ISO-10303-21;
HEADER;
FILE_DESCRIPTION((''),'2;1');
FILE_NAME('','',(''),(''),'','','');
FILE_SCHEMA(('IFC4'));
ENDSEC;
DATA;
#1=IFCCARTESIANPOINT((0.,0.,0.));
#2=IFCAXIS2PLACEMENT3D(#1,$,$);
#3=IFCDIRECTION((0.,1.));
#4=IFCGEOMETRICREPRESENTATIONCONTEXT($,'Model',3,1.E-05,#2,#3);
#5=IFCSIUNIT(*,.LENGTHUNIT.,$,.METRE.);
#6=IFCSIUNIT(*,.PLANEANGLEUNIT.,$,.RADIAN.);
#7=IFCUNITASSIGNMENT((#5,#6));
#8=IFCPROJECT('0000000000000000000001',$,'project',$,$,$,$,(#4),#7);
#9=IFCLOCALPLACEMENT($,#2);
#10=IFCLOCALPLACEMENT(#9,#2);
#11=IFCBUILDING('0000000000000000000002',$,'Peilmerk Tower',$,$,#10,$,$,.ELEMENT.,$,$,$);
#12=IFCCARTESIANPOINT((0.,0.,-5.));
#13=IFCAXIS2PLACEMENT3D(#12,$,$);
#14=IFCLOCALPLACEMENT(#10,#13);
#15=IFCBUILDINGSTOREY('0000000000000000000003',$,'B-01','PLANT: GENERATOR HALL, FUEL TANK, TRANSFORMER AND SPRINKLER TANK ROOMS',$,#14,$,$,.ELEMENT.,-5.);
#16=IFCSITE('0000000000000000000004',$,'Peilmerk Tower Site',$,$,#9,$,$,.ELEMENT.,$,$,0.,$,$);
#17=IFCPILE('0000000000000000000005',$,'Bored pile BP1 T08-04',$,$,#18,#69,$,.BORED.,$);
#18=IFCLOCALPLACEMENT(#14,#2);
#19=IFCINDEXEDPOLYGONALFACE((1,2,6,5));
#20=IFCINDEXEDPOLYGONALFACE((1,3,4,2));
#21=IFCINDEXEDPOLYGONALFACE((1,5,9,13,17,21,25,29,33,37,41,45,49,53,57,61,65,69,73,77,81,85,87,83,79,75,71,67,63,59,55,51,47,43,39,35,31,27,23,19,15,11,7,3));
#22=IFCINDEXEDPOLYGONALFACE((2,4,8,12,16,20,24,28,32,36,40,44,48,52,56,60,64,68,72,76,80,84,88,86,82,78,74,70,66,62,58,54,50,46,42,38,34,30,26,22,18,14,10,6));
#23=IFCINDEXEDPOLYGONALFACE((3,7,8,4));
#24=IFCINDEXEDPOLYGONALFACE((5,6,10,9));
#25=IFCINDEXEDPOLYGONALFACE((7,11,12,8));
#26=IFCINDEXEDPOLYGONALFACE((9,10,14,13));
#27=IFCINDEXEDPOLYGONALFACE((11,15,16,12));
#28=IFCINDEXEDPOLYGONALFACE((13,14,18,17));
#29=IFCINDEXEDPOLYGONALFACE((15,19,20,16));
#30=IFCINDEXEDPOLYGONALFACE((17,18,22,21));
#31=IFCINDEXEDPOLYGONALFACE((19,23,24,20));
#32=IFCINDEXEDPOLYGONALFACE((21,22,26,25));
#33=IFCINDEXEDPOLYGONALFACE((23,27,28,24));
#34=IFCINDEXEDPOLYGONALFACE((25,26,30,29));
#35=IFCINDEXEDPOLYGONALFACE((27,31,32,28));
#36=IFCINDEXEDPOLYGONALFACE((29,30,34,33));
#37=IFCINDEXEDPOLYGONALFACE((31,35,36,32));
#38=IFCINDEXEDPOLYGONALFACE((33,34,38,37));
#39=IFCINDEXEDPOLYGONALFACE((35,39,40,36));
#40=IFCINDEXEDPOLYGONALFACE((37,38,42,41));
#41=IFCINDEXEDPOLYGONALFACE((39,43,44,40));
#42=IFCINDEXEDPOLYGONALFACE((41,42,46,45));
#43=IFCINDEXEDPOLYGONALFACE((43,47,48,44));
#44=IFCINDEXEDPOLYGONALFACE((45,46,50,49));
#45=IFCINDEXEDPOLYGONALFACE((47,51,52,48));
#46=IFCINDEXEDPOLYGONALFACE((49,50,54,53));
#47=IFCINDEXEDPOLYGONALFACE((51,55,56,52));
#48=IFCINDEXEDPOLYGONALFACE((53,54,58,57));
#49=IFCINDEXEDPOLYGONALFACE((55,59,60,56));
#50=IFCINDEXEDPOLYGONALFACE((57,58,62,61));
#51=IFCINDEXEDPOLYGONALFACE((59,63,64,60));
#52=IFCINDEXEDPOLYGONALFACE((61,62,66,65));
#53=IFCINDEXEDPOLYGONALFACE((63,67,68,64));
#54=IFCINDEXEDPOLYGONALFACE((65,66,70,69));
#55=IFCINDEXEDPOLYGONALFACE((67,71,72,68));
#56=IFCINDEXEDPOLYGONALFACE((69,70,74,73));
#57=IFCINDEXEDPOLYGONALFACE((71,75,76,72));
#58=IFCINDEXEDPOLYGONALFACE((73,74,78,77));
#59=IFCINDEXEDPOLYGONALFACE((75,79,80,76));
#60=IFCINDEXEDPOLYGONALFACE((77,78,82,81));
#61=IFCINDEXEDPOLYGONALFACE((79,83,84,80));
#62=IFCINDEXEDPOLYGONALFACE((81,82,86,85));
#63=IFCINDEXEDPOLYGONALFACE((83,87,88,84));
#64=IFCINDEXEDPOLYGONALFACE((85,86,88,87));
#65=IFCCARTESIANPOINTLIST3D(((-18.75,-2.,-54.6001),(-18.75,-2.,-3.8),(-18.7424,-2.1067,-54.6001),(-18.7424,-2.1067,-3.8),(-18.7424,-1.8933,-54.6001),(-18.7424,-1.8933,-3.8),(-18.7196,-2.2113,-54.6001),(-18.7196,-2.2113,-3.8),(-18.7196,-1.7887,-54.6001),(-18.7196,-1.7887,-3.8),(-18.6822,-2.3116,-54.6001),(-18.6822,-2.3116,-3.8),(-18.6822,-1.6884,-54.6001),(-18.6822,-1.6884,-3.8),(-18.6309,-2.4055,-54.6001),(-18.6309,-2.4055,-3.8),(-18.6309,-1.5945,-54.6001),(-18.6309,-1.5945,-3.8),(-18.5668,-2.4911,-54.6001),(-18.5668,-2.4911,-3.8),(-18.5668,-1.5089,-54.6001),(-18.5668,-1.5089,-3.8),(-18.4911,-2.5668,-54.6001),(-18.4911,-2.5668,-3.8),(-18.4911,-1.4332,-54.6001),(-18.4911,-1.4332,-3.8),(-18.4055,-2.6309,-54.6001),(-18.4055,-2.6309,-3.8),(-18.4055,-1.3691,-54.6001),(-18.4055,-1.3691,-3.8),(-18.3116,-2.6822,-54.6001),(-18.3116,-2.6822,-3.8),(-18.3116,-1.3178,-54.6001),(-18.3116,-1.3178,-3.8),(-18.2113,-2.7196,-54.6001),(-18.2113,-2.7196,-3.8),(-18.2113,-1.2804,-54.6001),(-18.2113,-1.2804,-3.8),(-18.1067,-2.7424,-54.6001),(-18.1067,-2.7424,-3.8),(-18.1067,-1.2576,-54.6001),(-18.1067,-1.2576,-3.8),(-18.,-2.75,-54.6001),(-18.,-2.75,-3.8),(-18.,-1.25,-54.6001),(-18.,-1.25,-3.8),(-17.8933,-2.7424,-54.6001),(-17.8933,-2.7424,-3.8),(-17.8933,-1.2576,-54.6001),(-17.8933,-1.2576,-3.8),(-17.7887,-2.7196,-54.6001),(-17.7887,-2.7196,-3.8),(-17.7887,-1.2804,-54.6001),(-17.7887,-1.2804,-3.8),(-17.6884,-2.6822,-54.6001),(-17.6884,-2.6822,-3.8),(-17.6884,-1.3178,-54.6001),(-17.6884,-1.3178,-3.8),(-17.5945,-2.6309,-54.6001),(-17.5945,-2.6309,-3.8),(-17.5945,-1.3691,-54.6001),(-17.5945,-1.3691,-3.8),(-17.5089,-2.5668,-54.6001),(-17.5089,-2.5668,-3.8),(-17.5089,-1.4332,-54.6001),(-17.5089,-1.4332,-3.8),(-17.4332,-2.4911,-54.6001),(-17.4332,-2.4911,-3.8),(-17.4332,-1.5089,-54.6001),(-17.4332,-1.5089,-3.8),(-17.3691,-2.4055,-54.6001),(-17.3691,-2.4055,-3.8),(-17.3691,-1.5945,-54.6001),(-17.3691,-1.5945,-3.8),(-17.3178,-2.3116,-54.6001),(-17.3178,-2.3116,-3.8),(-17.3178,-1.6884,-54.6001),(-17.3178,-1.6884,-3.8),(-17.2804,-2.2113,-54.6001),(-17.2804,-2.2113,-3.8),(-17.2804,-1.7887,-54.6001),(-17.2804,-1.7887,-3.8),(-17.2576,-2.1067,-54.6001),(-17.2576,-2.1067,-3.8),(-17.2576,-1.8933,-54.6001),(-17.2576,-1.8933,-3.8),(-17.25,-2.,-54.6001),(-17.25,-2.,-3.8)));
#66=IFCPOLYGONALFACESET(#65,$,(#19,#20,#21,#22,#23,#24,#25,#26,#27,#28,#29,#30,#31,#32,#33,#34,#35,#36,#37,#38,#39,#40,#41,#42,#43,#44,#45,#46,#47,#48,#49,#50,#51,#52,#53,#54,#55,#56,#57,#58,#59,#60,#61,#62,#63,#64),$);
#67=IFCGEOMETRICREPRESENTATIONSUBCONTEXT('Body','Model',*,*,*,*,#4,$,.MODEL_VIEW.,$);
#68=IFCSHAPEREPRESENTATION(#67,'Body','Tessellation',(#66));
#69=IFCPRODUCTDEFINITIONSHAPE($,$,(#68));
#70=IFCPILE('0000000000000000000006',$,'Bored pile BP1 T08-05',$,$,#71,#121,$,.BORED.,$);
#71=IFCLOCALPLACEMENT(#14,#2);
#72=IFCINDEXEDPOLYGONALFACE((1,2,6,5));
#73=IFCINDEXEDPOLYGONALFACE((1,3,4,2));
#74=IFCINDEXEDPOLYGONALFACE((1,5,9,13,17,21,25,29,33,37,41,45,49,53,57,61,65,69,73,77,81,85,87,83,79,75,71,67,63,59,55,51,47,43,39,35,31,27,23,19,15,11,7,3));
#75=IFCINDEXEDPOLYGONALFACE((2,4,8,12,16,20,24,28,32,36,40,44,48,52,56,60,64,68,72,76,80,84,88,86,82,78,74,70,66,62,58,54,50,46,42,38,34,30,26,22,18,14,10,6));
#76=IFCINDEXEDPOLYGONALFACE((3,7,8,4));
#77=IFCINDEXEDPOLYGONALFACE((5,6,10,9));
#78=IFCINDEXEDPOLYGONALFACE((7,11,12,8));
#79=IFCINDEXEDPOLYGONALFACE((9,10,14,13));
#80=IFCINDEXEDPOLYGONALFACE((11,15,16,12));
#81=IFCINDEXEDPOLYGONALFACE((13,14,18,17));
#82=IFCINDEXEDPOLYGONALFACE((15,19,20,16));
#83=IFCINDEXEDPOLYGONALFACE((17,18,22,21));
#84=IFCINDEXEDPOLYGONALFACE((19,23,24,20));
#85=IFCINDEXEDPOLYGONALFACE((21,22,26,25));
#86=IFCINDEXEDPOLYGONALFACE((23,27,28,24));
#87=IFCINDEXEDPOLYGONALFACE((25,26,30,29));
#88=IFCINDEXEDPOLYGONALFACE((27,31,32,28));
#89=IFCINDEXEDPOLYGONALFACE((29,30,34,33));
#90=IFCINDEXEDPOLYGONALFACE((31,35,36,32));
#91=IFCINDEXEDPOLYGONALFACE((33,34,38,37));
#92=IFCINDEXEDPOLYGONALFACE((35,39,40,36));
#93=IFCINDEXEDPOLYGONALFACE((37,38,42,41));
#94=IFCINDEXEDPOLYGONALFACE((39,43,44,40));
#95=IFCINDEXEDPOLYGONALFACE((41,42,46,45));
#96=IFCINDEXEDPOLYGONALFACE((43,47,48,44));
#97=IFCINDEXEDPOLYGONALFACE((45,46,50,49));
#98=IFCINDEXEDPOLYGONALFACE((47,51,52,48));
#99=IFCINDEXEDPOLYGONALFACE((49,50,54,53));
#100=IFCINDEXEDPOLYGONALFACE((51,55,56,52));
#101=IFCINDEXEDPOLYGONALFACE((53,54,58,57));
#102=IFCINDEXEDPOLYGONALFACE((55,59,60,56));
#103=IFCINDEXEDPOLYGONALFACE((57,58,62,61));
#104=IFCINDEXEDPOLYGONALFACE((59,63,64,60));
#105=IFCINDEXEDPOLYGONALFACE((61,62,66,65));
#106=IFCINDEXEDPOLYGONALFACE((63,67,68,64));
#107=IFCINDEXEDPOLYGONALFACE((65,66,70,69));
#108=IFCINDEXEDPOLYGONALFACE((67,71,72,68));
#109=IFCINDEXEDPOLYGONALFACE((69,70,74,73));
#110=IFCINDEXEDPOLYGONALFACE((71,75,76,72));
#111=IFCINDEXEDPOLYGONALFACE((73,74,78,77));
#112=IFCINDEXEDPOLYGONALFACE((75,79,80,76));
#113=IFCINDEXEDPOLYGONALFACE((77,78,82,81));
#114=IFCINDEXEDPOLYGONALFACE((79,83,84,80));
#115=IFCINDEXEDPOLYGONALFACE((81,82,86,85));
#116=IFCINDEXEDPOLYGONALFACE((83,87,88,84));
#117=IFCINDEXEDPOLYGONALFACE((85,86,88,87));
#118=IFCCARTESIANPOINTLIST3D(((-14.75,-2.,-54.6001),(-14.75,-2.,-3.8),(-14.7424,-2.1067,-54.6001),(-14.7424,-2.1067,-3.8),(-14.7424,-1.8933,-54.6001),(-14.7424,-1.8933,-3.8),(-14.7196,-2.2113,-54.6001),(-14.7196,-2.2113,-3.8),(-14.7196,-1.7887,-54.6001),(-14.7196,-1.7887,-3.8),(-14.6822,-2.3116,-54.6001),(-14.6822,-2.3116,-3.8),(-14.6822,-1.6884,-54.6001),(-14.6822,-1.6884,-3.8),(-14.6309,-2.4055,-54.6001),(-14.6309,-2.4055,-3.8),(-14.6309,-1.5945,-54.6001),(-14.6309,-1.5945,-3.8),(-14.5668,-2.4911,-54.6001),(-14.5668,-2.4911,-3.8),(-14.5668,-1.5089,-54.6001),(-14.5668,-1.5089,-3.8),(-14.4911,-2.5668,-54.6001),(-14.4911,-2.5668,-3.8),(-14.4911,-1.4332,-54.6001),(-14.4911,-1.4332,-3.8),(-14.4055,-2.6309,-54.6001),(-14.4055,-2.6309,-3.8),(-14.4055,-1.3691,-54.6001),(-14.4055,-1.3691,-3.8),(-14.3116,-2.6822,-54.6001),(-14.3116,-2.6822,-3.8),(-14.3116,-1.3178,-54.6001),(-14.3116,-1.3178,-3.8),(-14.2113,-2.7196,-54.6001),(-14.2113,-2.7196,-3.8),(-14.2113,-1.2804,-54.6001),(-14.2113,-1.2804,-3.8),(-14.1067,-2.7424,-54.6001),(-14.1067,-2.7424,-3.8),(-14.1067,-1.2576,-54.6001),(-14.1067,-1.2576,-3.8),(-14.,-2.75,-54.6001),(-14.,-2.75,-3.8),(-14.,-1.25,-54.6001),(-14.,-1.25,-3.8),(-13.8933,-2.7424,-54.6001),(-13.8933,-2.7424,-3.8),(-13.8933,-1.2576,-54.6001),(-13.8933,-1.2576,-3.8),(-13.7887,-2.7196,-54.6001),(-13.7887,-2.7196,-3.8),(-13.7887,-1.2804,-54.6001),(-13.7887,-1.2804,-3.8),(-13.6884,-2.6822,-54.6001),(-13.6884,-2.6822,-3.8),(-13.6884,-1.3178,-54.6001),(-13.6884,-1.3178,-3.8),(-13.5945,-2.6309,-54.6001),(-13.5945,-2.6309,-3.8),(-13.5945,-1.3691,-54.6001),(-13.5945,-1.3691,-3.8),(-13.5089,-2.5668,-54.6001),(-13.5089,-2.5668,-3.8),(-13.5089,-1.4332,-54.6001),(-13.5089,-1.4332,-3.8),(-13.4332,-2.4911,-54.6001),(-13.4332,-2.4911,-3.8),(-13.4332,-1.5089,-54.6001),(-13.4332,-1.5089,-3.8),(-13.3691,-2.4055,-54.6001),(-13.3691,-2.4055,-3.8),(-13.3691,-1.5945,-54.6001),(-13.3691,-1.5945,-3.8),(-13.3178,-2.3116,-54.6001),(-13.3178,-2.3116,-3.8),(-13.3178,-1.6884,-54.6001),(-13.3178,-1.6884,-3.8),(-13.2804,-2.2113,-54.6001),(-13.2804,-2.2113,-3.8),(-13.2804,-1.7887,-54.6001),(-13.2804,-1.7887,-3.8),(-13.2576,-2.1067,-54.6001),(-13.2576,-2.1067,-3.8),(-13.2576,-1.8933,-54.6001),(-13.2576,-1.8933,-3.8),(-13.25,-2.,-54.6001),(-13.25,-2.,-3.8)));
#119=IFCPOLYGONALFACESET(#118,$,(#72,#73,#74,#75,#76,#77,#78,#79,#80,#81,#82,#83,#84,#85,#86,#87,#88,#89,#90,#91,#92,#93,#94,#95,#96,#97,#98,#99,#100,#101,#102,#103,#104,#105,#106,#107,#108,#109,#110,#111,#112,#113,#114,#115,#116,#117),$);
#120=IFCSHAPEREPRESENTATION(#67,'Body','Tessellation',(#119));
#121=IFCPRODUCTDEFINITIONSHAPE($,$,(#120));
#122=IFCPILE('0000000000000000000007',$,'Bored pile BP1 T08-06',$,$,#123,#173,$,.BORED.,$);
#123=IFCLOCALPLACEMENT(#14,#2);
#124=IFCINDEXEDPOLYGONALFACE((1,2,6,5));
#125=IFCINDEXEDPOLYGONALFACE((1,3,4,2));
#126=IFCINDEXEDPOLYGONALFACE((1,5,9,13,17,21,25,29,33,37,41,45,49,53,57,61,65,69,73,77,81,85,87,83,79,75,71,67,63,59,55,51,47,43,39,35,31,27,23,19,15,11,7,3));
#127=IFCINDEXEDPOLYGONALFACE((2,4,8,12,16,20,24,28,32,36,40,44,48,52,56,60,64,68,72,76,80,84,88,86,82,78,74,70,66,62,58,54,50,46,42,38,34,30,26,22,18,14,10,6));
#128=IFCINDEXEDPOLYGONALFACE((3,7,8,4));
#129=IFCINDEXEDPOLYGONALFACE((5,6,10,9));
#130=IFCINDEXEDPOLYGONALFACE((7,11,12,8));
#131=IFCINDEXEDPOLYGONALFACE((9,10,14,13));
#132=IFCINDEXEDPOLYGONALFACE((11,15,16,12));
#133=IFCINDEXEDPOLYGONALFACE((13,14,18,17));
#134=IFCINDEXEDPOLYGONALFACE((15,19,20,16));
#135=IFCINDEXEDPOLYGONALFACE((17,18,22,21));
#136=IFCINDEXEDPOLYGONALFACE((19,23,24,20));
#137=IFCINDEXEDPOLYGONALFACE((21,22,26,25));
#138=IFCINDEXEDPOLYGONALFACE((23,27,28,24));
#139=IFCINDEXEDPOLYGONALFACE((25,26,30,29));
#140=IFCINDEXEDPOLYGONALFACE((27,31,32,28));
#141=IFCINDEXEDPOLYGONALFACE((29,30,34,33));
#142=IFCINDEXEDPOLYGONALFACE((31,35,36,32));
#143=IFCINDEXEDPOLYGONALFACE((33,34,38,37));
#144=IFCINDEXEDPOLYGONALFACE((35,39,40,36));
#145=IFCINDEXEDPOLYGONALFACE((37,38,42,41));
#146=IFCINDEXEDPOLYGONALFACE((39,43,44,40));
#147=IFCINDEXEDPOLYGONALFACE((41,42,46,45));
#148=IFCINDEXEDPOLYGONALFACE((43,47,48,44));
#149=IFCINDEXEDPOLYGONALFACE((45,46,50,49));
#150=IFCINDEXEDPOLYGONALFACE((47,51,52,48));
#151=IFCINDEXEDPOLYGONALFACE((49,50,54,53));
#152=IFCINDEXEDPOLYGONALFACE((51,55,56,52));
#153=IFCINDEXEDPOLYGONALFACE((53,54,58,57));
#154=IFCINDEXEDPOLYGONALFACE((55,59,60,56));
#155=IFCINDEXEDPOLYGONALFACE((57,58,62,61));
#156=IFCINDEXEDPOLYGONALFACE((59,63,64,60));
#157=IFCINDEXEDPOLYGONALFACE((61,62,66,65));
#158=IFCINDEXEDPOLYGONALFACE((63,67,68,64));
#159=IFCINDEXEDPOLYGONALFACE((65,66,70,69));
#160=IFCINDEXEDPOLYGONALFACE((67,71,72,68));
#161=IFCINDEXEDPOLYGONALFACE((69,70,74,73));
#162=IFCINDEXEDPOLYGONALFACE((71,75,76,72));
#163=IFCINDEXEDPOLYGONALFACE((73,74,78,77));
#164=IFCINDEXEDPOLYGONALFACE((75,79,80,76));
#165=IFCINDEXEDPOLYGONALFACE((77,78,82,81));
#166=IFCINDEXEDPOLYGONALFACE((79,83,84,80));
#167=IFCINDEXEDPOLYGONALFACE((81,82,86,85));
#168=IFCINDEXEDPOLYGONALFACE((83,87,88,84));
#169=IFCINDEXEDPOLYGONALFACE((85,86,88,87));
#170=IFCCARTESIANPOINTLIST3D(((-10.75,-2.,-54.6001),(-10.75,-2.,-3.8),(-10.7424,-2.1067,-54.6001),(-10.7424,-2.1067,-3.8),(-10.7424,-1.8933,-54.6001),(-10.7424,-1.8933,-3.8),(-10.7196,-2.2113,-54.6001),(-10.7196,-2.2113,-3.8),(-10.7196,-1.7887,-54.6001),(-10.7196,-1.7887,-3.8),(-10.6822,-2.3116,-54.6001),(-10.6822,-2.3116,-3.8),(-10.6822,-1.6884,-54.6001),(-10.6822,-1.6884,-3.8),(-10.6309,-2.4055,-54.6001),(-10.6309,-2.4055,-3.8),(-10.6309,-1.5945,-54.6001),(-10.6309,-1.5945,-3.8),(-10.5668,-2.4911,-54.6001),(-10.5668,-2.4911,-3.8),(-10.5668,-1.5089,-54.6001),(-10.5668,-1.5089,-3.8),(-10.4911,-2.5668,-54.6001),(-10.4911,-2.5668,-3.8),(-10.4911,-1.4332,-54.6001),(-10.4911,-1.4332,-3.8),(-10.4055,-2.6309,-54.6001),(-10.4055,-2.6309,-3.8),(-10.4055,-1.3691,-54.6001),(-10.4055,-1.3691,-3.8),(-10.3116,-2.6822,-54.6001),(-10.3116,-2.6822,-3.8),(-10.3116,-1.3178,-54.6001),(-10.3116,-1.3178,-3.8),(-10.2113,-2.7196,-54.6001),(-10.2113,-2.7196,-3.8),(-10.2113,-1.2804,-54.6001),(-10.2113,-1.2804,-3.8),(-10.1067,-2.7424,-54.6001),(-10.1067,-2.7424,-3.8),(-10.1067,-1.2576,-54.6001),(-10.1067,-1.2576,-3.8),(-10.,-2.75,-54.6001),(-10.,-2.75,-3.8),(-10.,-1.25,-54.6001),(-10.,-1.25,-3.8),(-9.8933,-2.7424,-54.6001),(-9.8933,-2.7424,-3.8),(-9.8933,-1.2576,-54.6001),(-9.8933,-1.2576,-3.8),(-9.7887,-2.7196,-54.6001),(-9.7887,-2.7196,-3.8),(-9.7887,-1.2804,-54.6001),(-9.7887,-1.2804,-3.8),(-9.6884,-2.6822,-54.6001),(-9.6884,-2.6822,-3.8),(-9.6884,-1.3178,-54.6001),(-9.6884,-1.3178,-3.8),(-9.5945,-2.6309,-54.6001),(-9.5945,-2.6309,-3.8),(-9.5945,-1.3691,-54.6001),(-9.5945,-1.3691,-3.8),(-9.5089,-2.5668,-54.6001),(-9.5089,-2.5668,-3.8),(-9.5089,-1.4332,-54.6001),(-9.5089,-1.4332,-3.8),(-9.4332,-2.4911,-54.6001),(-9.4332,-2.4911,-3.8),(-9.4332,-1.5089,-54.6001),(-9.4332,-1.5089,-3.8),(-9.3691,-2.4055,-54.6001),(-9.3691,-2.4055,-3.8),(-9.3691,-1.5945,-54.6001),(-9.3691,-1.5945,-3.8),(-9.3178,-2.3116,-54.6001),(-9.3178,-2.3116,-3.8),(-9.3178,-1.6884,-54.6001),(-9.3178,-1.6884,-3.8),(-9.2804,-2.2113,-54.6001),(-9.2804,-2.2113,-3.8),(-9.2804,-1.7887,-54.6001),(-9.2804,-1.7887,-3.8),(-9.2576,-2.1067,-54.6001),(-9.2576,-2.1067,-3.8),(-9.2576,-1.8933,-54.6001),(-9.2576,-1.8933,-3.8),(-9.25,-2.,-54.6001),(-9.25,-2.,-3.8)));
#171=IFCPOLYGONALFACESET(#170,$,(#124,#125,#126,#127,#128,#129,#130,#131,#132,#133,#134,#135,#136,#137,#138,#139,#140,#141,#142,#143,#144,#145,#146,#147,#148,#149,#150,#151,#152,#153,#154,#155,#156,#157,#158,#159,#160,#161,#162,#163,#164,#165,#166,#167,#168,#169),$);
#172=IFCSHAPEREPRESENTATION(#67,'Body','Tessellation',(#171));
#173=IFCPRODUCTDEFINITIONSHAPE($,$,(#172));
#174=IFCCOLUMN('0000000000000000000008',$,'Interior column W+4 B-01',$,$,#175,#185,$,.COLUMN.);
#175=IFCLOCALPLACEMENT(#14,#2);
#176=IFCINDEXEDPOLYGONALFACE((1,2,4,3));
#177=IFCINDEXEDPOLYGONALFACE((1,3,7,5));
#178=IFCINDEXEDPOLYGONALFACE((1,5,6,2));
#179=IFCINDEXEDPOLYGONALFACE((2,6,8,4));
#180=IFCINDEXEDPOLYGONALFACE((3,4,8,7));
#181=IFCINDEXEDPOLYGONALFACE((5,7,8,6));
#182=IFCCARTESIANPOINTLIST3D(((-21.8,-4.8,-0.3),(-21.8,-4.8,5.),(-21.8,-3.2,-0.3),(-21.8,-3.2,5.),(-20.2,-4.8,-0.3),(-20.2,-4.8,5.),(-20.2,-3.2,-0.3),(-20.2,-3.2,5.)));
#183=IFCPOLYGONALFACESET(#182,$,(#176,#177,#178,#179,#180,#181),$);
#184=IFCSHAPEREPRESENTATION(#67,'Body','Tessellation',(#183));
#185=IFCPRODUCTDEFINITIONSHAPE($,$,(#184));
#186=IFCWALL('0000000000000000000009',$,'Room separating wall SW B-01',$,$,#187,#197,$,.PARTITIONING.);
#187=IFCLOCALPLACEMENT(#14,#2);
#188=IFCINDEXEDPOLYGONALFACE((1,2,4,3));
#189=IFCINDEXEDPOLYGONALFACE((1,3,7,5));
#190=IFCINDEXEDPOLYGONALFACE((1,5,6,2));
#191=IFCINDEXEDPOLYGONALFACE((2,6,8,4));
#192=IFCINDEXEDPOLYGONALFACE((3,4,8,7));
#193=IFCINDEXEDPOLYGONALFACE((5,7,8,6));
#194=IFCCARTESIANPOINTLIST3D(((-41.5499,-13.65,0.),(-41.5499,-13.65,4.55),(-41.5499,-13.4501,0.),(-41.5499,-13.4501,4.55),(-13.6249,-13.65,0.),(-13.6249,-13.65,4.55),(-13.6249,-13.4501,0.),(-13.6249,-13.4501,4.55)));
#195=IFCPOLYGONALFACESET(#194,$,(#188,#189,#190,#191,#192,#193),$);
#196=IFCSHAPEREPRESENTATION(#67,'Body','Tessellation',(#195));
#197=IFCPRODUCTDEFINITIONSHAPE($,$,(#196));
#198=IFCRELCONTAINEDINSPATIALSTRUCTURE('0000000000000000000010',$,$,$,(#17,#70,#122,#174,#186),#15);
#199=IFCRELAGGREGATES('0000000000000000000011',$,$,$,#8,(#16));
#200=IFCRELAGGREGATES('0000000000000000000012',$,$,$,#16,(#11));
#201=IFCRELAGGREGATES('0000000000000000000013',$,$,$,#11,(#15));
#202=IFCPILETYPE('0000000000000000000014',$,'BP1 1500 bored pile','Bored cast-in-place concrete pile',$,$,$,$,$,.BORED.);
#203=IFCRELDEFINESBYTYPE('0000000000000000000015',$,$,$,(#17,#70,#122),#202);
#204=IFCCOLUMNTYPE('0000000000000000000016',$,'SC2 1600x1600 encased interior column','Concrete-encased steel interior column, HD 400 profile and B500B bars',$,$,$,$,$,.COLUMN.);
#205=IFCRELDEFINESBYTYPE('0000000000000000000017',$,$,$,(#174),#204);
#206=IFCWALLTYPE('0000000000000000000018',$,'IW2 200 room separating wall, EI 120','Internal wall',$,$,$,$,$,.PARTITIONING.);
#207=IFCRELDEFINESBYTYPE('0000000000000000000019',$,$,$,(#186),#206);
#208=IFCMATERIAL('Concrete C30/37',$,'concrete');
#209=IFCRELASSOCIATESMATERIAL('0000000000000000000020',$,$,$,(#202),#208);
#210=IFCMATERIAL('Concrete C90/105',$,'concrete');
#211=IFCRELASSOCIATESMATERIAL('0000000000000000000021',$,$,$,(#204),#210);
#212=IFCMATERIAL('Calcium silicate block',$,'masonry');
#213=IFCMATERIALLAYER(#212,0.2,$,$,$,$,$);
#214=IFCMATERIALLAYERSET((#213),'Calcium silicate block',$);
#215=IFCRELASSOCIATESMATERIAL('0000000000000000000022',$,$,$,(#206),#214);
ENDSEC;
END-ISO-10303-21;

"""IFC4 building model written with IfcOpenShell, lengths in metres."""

from ifc_helpers import new_model, si_unit, direction, frame, frame_2d, origin, origin_2d, place, context, subcontext, project, spatial, rectangle, circle, extrude, material, layer, layer_set, material_profile, profile_set, type_object, element, save


model = new_model("IFC4")

# Units and contexts
model_context = context("Model", 3, precision=1e-05, world=origin(), true_north=direction((0.0, 1.0)))
body_context = subcontext(model_context, "Body", "Model", "MODEL_VIEW")
ifc_project = project(units=[si_unit("LENGTHUNIT", "METRE"), si_unit("PLANEANGLEUNIT", "RADIAN")], contexts=[model_context])

# Site, building, storey
site_placement = place(None, origin())
site = spatial("IfcSite", under=ifc_project, at=site_placement, Name="Peilmerk Tower Site", CompositionType="ELEMENT", RefElevation=0.0)
building_placement = place(site_placement, origin())
building = spatial("IfcBuilding", under=site, at=building_placement, Name="Peilmerk Tower", CompositionType="ELEMENT")
storey_placement = place(building_placement, frame((0.0, 0.0, -5.0)))
storey = spatial("IfcBuildingStorey", under=building, at=storey_placement, Name="B-01", Description="PLANT: GENERATOR HALL, FUEL TANK, TRANSFORMER AND SPRINKLER TANK ROOMS", CompositionType="ELEMENT", Elevation=-5.0)

# Piles
ifc_material_1 = material(Name="Concrete C30/37", Category="concrete")
ifc_material_profile_1 = material_profile(ifc_material_1, circle(Radius=0.75, at=origin_2d()), Name="BP 1500")
ifc_profile_set_1 = profile_set([ifc_material_profile_1], Name="Concrete C30/37")
pile_type = type_object("IfcPileType", Name="BP1 1500 bored pile", Description="Bored cast-in-place concrete pile", PredefinedType="BORED", material=ifc_profile_set_1)
for number, where, z_axis, x_axis, name in (
    (1, (-18.0, -2.0, -3.8), (0.0, 0.0, -1.0), (1.0, 0.0, 0.0), "Bored pile BP1 T08-04"),
    (2, (-14.0, -2.0, -3.8), (0.0, 0.0, -1.0), (1.0, 0.0, 0.0), "Bored pile BP1 T08-05"),
    (3, (-10.0, -2.0, -3.8), (0.0, 0.0, -1.0), (1.0, 0.0, 0.0), "Bored pile BP1 T08-06"),
):
    element("IfcPile", number, at=place(storey_placement, frame(where, z_axis=z_axis, x_axis=x_axis)), inside=storey, type_object=pile_type, Name=name, PredefinedType="BORED", context=body_context, shape_type="SweptSolid", body=[
        extrude(circle(Radius=0.75, at=origin_2d()), origin(), (0.0, 0.0, 1.0), 50.8),
    ])

# Column
ifc_material_2 = material(Name="Concrete C90/105", Category="concrete")
ifc_material_profile_2 = material_profile(ifc_material_2, rectangle(XDim=1.6001, YDim=1.6001, at=origin_2d()), Name="RC 1600x1600")
ifc_profile_set_2 = profile_set([ifc_material_profile_2], Name="Concrete C90/105")
column_type = type_object("IfcColumnType", Name="SC2 1600x1600 encased interior column", Description="Concrete-encased steel interior column, HD 400 profile and B500B bars", PredefinedType="COLUMN", material=ifc_profile_set_2)
column_placement = place(storey_placement, frame((-21.0, -4.0, -0.3), z_axis=(0.0, 0.0, 1.0), x_axis=(1.0, 0.0, 0.0)))
element("IfcColumn", 4, at=column_placement, inside=storey, type_object=column_type, Name="Interior column W+4 B-01", PredefinedType="COLUMN", context=body_context, shape_type="SweptSolid", body=[
    extrude(rectangle(XDim=1.6001, YDim=1.6001, at=origin_2d()), origin(), (0.0, 0.0, 1.0), 5.3),
])

# Wall
ifc_material_3 = material(Name="Calcium silicate block", Category="masonry")
ifc_layer_1 = layer(ifc_material_3, 0.2)
ifc_layer_set_1 = layer_set([ifc_layer_1], Name="Calcium silicate block")
wall_type_1 = type_object("IfcWallType", Name="IW2 200 room separating wall, EI 120", Description="Internal wall", PredefinedType="PARTITIONING", material=ifc_layer_set_1)
wall_1_placement = place(storey_placement, frame((-13.625, -13.55, 0.0), z_axis=(0.0, 0.0, 1.0), x_axis=(-1.0, 0.0, 0.0)))
element("IfcWall", 5, at=wall_1_placement, inside=storey, type_object=wall_type_1, Name="Room separating wall SW B-01", PredefinedType="PARTITIONING", context=body_context, shape_type="SweptSolid", body=[
    extrude(rectangle(XDim=27.925, YDim=0.2, at=frame_2d((13.9624, 0.0))), origin(), (0.0, 0.0, 1.0), 4.55),
])

save(model, "model.ifc")
